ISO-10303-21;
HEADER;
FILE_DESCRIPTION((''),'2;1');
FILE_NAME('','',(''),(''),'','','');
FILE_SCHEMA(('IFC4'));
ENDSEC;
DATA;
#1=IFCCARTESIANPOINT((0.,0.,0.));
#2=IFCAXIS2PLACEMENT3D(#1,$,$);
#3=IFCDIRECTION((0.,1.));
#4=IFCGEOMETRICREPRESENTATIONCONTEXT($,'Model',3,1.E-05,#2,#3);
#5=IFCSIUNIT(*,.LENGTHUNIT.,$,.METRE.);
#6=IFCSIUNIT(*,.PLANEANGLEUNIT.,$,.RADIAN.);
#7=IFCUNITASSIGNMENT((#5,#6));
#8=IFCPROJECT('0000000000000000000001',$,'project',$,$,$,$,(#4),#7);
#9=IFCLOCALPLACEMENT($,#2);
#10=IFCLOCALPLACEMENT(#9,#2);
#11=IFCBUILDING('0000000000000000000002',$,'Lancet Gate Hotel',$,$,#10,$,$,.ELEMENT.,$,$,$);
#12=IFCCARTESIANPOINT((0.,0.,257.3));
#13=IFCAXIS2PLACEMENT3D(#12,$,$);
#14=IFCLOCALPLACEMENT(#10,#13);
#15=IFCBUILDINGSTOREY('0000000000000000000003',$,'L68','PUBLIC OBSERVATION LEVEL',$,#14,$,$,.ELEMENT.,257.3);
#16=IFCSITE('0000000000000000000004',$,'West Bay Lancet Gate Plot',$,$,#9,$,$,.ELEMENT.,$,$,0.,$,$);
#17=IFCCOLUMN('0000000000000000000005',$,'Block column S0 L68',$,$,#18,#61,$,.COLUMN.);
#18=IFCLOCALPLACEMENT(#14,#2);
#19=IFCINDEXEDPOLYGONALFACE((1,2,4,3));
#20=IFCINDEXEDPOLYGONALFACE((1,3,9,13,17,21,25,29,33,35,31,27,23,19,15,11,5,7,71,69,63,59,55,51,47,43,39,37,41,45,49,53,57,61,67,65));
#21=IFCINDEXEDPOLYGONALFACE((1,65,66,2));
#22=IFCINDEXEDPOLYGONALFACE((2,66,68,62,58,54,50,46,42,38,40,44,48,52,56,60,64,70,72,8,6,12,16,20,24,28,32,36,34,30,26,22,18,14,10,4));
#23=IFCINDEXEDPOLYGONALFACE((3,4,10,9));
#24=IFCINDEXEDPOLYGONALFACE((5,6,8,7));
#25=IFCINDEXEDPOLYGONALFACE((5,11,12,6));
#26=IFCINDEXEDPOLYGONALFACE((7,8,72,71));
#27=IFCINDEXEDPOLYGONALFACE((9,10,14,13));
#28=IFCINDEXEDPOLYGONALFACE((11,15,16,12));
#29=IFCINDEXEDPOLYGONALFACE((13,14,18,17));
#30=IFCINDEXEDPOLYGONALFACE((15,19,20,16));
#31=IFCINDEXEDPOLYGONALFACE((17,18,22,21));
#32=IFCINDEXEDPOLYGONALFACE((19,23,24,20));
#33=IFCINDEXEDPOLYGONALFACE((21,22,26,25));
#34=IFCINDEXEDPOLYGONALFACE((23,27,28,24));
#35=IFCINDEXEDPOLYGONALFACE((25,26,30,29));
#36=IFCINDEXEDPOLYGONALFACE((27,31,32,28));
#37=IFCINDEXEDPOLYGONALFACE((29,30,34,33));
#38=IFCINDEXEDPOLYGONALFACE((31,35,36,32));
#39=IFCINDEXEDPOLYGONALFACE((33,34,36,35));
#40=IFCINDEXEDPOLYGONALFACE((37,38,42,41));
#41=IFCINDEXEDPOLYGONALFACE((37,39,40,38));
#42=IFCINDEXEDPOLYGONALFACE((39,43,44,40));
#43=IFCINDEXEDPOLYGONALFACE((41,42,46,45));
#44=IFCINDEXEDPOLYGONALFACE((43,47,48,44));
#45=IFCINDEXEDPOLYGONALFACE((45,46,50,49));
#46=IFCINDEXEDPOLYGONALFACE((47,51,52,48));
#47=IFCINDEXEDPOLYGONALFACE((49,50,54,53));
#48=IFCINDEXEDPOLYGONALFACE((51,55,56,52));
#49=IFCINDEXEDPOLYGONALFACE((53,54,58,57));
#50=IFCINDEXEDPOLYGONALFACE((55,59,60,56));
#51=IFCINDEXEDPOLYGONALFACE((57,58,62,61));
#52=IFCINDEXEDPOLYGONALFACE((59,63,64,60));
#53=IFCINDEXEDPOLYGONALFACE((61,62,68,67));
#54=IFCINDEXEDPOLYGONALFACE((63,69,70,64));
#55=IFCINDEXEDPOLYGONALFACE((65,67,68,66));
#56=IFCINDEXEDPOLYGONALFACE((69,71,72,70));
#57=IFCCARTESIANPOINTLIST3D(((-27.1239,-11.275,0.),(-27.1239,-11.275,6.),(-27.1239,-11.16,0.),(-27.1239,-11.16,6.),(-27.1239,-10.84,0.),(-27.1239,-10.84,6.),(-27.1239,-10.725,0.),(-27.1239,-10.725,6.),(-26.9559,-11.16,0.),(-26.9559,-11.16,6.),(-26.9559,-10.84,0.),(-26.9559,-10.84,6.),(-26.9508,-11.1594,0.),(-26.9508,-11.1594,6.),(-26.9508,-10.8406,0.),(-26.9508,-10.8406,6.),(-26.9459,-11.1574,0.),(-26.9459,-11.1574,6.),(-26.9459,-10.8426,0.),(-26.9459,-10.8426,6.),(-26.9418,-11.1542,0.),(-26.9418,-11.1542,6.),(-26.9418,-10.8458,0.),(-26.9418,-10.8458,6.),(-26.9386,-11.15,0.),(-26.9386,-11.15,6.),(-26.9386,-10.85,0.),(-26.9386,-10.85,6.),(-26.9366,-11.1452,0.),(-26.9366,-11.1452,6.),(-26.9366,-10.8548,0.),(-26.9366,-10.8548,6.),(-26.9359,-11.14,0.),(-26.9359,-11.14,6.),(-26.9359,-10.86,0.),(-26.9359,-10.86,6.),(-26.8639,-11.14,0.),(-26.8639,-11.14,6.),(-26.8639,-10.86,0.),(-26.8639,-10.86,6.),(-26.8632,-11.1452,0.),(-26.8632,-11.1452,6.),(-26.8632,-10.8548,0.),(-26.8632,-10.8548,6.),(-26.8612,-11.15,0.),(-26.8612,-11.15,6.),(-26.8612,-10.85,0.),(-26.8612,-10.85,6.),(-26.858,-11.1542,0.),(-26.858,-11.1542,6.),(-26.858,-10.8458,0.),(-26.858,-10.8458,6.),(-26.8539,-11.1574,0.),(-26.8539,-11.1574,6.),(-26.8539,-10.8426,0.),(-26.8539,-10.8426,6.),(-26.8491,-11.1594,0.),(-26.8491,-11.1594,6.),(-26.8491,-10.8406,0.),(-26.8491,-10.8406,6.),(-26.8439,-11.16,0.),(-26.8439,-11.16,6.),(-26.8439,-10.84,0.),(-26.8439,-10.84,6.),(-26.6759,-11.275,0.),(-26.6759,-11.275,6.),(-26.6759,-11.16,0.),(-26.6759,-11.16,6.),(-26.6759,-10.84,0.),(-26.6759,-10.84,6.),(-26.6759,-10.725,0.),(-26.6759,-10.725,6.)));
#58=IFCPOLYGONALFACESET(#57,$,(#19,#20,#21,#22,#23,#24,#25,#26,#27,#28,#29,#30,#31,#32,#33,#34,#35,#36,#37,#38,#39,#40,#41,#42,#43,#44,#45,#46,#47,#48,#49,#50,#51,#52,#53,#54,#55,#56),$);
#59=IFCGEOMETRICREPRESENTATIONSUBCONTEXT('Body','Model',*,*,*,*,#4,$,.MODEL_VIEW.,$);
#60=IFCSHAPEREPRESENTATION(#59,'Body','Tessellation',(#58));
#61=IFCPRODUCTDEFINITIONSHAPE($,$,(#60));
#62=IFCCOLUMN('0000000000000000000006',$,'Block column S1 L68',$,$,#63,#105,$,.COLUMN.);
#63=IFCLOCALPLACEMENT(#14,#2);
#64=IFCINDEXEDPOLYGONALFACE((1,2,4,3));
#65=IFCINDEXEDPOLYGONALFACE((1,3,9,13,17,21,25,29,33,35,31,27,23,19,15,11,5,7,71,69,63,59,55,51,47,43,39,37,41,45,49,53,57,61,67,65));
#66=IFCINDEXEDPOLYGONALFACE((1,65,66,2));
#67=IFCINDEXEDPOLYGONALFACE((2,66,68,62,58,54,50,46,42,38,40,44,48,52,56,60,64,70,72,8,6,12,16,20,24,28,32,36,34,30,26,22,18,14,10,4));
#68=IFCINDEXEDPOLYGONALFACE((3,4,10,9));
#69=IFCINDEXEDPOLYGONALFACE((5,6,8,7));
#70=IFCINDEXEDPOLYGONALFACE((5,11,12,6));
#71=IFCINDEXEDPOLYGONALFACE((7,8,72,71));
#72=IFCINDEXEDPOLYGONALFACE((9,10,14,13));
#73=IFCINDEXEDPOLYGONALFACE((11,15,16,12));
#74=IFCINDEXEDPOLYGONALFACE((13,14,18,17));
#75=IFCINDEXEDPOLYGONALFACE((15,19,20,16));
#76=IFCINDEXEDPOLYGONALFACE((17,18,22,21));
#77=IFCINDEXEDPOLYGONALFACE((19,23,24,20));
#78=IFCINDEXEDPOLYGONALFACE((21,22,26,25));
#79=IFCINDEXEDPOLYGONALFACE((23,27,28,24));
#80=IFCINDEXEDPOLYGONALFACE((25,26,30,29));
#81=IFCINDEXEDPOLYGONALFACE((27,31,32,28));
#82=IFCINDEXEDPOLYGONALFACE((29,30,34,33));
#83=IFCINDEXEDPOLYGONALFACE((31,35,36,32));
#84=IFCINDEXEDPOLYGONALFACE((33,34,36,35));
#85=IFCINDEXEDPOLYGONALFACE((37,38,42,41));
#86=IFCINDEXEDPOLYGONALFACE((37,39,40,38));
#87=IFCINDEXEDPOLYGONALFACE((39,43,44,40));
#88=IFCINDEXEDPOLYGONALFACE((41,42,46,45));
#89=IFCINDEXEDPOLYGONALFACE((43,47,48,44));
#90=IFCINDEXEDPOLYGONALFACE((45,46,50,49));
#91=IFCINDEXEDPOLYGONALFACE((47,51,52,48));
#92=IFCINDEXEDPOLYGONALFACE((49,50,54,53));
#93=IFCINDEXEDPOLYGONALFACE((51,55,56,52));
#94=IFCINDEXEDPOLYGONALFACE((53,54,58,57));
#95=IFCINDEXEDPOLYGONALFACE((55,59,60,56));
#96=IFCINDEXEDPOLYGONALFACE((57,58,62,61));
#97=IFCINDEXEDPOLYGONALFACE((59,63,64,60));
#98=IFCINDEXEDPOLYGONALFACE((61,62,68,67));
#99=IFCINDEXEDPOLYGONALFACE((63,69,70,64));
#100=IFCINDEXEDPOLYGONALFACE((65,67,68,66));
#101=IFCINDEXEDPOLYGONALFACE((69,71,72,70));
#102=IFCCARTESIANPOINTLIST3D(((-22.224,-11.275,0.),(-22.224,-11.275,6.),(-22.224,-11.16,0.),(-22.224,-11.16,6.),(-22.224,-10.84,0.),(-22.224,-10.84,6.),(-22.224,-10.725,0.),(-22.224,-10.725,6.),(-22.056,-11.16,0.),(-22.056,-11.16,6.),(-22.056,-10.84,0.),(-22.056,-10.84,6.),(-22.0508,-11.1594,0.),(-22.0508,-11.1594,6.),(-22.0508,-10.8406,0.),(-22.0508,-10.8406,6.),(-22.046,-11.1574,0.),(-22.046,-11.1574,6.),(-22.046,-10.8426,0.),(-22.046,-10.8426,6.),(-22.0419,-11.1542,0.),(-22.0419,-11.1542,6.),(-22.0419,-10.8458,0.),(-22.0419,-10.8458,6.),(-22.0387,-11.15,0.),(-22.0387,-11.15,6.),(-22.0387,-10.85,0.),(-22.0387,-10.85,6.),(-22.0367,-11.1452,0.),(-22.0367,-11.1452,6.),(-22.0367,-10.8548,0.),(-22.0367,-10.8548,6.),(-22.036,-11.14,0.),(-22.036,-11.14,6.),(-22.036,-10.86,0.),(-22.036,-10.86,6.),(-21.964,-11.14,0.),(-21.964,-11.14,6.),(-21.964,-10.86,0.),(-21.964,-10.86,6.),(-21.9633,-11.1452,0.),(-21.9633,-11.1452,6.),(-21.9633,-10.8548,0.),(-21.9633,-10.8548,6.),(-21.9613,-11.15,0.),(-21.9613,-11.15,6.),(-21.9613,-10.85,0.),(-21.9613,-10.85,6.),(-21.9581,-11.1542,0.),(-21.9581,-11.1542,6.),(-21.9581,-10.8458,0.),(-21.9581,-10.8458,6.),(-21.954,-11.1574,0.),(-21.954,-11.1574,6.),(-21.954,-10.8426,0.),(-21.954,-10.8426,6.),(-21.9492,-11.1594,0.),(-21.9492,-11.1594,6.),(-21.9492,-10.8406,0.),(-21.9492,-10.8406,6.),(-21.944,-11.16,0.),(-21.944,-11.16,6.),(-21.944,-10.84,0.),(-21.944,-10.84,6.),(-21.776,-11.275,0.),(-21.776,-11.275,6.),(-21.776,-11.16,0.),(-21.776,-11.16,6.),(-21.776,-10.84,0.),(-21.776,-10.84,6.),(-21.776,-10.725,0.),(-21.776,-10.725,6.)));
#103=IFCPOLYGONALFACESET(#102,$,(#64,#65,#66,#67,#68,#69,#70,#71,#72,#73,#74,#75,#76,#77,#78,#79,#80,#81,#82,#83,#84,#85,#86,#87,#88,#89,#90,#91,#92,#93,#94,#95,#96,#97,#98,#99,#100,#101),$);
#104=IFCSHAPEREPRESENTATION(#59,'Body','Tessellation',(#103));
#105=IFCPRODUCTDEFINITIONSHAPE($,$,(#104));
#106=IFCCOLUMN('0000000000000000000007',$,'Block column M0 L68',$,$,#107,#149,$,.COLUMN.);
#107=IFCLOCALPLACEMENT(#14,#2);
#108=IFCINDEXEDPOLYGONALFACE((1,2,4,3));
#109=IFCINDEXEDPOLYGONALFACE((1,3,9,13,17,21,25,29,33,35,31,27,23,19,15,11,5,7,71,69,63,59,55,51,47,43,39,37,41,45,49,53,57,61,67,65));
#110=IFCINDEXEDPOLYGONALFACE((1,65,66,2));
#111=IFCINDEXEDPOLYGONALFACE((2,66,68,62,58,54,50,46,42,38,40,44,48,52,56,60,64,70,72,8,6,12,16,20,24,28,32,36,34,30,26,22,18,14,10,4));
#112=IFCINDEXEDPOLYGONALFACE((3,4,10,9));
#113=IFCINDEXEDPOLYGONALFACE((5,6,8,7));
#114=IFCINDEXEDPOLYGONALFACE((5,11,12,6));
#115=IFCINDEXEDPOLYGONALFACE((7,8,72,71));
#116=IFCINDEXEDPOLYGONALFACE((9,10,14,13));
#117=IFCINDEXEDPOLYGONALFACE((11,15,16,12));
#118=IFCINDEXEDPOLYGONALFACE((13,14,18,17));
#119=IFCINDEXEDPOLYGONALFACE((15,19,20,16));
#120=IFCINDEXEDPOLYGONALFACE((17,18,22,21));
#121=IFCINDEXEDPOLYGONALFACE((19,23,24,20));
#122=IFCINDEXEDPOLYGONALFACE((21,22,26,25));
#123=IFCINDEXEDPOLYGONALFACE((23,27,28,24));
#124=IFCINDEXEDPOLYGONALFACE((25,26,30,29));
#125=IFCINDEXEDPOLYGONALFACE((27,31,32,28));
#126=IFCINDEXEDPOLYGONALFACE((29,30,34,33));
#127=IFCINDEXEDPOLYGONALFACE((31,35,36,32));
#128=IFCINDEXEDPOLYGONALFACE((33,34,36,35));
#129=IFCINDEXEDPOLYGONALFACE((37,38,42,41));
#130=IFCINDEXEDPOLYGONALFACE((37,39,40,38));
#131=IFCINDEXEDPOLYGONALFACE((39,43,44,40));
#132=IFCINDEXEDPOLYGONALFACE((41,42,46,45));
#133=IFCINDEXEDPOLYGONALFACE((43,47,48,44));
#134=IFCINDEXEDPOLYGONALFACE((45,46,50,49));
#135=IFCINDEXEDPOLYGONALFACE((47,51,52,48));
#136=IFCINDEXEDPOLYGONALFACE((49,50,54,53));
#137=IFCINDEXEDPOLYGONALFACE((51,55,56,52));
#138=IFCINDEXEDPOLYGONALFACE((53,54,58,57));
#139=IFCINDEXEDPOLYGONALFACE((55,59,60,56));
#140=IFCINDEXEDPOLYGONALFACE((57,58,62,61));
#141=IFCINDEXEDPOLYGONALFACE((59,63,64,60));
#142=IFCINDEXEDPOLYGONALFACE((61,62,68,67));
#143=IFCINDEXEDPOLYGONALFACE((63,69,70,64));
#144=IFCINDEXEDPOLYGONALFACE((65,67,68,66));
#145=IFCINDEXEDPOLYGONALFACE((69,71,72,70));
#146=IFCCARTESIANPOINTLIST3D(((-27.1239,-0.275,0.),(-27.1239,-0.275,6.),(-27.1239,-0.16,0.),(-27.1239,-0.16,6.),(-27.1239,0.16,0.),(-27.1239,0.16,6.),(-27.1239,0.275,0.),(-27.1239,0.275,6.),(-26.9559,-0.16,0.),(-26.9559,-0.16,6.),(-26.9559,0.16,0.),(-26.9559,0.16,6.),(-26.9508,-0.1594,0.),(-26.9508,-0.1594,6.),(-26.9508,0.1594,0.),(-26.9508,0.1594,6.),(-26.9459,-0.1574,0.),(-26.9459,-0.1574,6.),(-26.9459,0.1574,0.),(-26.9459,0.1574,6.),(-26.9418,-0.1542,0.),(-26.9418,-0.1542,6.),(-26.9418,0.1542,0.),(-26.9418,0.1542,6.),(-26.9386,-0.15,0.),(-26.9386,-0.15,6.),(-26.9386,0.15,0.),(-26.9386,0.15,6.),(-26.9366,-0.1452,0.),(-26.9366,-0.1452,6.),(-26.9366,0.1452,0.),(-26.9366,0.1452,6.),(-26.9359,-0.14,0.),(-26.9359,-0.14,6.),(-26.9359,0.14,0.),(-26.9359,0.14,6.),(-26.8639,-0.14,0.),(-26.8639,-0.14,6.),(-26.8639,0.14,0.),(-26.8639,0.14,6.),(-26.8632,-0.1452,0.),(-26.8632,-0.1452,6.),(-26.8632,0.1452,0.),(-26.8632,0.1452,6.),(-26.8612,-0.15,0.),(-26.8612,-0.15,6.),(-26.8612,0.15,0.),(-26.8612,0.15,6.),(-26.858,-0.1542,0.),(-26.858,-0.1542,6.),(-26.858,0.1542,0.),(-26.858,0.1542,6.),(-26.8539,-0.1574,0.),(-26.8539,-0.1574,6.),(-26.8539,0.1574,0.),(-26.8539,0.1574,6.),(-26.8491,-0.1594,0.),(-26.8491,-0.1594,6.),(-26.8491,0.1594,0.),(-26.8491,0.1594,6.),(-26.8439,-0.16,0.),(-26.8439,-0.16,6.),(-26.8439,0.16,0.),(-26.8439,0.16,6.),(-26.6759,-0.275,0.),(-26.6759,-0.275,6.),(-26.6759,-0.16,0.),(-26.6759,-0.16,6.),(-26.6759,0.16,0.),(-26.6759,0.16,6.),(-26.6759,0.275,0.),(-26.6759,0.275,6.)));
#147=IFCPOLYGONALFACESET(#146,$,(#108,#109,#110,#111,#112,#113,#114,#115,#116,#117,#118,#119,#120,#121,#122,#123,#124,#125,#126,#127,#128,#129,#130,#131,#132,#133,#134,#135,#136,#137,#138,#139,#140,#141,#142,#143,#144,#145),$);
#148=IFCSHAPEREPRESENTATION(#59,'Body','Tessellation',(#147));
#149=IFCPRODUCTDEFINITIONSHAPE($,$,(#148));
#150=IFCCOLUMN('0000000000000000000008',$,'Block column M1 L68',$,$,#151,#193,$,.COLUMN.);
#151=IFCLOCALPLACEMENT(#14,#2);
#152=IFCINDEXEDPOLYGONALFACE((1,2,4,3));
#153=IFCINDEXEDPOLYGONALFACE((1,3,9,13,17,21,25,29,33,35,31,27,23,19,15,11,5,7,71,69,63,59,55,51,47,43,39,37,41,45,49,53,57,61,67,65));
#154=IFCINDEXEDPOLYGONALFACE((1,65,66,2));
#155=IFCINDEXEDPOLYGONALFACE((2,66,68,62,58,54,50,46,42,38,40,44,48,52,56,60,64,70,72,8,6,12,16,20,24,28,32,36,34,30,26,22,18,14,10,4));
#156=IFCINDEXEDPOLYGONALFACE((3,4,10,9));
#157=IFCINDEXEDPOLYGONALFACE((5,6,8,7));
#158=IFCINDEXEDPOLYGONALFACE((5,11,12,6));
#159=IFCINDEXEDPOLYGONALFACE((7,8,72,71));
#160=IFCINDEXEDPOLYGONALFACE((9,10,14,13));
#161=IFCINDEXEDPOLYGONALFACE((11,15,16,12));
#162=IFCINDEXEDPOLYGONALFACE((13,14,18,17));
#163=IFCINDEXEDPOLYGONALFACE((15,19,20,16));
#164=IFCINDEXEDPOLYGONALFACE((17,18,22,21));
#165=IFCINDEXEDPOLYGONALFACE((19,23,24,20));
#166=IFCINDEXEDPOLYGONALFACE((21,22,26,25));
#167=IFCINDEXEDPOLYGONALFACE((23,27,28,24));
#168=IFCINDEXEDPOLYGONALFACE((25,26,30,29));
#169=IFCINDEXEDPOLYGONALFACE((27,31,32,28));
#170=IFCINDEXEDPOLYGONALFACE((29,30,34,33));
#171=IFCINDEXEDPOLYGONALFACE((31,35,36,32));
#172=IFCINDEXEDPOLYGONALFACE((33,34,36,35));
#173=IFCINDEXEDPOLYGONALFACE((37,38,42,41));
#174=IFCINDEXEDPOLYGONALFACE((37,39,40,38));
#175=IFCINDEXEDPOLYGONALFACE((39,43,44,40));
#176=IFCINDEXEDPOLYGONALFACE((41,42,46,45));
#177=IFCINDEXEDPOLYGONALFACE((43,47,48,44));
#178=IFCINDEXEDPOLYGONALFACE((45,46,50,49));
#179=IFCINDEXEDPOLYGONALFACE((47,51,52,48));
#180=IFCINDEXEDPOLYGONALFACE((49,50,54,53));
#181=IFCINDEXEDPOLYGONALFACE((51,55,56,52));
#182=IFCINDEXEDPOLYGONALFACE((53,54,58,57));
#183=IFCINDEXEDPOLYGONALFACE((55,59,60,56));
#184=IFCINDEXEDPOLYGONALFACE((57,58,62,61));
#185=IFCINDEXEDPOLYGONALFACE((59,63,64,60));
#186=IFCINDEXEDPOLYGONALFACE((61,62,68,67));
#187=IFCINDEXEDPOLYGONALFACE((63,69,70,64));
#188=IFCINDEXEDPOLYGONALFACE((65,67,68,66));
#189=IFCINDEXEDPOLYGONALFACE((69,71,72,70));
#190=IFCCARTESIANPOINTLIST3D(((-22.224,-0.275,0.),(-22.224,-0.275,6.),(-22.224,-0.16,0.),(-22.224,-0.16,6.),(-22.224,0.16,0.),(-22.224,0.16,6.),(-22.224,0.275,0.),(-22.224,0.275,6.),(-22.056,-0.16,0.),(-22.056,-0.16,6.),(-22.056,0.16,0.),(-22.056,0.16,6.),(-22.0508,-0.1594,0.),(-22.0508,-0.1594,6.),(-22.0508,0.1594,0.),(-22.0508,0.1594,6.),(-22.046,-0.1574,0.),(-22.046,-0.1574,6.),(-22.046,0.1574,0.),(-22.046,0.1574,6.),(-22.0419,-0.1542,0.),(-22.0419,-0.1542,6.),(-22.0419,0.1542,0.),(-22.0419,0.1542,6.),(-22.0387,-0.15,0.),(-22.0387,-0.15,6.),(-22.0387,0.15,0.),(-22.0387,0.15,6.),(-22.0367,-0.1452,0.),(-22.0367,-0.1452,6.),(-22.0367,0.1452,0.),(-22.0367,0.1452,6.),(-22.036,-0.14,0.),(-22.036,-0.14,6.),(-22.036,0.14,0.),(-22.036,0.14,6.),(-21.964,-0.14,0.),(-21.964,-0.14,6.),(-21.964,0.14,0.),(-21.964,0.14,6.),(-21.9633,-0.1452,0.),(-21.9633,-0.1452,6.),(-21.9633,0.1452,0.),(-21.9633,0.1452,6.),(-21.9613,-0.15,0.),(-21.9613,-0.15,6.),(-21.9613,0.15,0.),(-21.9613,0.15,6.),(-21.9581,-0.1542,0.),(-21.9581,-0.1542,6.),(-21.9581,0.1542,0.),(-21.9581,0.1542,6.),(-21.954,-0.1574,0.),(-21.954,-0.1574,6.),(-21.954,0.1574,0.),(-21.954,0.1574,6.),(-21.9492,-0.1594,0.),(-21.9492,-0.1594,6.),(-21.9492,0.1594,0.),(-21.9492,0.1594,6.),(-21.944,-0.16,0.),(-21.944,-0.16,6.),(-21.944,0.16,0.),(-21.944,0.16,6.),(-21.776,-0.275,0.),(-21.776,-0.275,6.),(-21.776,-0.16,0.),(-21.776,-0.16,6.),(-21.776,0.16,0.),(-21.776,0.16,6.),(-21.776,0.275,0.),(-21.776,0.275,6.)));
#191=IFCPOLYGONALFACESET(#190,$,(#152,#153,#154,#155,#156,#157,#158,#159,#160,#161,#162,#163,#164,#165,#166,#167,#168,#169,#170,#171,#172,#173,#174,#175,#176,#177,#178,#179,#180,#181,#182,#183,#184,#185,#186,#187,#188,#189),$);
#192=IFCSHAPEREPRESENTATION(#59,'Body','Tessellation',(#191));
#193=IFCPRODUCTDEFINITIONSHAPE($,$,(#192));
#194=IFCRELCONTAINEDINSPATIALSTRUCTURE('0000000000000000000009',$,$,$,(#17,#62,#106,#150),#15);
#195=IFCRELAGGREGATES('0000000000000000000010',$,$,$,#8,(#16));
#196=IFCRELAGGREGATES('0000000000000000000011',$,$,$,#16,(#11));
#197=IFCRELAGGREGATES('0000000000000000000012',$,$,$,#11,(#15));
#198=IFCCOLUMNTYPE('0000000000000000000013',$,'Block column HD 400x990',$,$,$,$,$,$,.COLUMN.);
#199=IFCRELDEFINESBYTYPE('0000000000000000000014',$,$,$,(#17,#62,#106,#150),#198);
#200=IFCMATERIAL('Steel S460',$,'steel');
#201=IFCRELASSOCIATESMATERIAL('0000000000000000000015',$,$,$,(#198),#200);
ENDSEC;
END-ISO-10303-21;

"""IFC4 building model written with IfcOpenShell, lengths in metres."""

from ifc_helpers import new_model, si_unit, direction, frame, origin, origin_2d, place, context, subcontext, project, spatial, i_section, extrude, material, material_profile, profile_set, type_object, element, save


model = new_model("IFC4")

# Units and contexts
model_context = context("Model", 3, precision=1e-05, world=origin(), true_north=direction((0.0, 1.0)))
body_context = subcontext(model_context, "Body", "Model", "MODEL_VIEW")
ifc_project = project(units=[si_unit("LENGTHUNIT", "METRE"), si_unit("PLANEANGLEUNIT", "RADIAN")], contexts=[model_context])

# Site, building, storey
site_placement = place(None, origin())
site = spatial("IfcSite", under=ifc_project, at=site_placement, Name="West Bay Lancet Gate Plot", CompositionType="ELEMENT", RefElevation=0.0)
building_placement = place(site_placement, origin())
building = spatial("IfcBuilding", under=site, at=building_placement, Name="Lancet Gate Hotel", CompositionType="ELEMENT")
storey_placement = place(building_placement, frame((0.0, 0.0, 257.3)))
storey = spatial("IfcBuildingStorey", under=building, at=storey_placement, Name="L68", Description="PUBLIC OBSERVATION LEVEL", CompositionType="ELEMENT", Elevation=257.3)

# Columns
ifc_material_1 = material(Name="Steel S460", Category="steel")
ifc_material_profile_1 = material_profile(ifc_material_1, i_section(OverallWidth=0.448, OverallDepth=0.55, WebThickness=0.072, FlangeThickness=0.115, FilletRadius=0.02, at=origin_2d()), Name="HD 400x990")
ifc_profile_set_1 = profile_set([ifc_material_profile_1], Name="Steel S460")
column_type = type_object("IfcColumnType", Name="Block column HD 400x990", PredefinedType="COLUMN", material=ifc_profile_set_1)
for number, where, z_axis, x_axis, name in (
    (1, (-26.8999, -11.0, 0.0), (0.0, 0.0, 1.0), (1.0, 0.0, 0.0), "Block column S0 L68"),
    (2, (-22.0, -11.0, 0.0), (0.0, 0.0, 1.0), (1.0, 0.0, 0.0), "Block column S1 L68"),
    (3, (-26.8999, 0.0, 0.0), (0.0, 0.0, 1.0), (1.0, 0.0, 0.0), "Block column M0 L68"),
    (4, (-22.0, 0.0, 0.0), (0.0, 0.0, 1.0), (1.0, 0.0, 0.0), "Block column M1 L68"),
):
    element("IfcColumn", number, at=place(storey_placement, frame(where, z_axis=z_axis, x_axis=x_axis)), inside=storey, type_object=column_type, Name=name, PredefinedType="COLUMN", context=body_context, shape_type="SweptSolid", body=[
        extrude(i_section(OverallWidth=0.448, OverallDepth=0.55, WebThickness=0.072, FlangeThickness=0.115, FilletRadius=0.02, at=origin_2d()), origin(), (0.0, 0.0, 1.0), 6.0),
    ])

save(model, "model.ifc")
